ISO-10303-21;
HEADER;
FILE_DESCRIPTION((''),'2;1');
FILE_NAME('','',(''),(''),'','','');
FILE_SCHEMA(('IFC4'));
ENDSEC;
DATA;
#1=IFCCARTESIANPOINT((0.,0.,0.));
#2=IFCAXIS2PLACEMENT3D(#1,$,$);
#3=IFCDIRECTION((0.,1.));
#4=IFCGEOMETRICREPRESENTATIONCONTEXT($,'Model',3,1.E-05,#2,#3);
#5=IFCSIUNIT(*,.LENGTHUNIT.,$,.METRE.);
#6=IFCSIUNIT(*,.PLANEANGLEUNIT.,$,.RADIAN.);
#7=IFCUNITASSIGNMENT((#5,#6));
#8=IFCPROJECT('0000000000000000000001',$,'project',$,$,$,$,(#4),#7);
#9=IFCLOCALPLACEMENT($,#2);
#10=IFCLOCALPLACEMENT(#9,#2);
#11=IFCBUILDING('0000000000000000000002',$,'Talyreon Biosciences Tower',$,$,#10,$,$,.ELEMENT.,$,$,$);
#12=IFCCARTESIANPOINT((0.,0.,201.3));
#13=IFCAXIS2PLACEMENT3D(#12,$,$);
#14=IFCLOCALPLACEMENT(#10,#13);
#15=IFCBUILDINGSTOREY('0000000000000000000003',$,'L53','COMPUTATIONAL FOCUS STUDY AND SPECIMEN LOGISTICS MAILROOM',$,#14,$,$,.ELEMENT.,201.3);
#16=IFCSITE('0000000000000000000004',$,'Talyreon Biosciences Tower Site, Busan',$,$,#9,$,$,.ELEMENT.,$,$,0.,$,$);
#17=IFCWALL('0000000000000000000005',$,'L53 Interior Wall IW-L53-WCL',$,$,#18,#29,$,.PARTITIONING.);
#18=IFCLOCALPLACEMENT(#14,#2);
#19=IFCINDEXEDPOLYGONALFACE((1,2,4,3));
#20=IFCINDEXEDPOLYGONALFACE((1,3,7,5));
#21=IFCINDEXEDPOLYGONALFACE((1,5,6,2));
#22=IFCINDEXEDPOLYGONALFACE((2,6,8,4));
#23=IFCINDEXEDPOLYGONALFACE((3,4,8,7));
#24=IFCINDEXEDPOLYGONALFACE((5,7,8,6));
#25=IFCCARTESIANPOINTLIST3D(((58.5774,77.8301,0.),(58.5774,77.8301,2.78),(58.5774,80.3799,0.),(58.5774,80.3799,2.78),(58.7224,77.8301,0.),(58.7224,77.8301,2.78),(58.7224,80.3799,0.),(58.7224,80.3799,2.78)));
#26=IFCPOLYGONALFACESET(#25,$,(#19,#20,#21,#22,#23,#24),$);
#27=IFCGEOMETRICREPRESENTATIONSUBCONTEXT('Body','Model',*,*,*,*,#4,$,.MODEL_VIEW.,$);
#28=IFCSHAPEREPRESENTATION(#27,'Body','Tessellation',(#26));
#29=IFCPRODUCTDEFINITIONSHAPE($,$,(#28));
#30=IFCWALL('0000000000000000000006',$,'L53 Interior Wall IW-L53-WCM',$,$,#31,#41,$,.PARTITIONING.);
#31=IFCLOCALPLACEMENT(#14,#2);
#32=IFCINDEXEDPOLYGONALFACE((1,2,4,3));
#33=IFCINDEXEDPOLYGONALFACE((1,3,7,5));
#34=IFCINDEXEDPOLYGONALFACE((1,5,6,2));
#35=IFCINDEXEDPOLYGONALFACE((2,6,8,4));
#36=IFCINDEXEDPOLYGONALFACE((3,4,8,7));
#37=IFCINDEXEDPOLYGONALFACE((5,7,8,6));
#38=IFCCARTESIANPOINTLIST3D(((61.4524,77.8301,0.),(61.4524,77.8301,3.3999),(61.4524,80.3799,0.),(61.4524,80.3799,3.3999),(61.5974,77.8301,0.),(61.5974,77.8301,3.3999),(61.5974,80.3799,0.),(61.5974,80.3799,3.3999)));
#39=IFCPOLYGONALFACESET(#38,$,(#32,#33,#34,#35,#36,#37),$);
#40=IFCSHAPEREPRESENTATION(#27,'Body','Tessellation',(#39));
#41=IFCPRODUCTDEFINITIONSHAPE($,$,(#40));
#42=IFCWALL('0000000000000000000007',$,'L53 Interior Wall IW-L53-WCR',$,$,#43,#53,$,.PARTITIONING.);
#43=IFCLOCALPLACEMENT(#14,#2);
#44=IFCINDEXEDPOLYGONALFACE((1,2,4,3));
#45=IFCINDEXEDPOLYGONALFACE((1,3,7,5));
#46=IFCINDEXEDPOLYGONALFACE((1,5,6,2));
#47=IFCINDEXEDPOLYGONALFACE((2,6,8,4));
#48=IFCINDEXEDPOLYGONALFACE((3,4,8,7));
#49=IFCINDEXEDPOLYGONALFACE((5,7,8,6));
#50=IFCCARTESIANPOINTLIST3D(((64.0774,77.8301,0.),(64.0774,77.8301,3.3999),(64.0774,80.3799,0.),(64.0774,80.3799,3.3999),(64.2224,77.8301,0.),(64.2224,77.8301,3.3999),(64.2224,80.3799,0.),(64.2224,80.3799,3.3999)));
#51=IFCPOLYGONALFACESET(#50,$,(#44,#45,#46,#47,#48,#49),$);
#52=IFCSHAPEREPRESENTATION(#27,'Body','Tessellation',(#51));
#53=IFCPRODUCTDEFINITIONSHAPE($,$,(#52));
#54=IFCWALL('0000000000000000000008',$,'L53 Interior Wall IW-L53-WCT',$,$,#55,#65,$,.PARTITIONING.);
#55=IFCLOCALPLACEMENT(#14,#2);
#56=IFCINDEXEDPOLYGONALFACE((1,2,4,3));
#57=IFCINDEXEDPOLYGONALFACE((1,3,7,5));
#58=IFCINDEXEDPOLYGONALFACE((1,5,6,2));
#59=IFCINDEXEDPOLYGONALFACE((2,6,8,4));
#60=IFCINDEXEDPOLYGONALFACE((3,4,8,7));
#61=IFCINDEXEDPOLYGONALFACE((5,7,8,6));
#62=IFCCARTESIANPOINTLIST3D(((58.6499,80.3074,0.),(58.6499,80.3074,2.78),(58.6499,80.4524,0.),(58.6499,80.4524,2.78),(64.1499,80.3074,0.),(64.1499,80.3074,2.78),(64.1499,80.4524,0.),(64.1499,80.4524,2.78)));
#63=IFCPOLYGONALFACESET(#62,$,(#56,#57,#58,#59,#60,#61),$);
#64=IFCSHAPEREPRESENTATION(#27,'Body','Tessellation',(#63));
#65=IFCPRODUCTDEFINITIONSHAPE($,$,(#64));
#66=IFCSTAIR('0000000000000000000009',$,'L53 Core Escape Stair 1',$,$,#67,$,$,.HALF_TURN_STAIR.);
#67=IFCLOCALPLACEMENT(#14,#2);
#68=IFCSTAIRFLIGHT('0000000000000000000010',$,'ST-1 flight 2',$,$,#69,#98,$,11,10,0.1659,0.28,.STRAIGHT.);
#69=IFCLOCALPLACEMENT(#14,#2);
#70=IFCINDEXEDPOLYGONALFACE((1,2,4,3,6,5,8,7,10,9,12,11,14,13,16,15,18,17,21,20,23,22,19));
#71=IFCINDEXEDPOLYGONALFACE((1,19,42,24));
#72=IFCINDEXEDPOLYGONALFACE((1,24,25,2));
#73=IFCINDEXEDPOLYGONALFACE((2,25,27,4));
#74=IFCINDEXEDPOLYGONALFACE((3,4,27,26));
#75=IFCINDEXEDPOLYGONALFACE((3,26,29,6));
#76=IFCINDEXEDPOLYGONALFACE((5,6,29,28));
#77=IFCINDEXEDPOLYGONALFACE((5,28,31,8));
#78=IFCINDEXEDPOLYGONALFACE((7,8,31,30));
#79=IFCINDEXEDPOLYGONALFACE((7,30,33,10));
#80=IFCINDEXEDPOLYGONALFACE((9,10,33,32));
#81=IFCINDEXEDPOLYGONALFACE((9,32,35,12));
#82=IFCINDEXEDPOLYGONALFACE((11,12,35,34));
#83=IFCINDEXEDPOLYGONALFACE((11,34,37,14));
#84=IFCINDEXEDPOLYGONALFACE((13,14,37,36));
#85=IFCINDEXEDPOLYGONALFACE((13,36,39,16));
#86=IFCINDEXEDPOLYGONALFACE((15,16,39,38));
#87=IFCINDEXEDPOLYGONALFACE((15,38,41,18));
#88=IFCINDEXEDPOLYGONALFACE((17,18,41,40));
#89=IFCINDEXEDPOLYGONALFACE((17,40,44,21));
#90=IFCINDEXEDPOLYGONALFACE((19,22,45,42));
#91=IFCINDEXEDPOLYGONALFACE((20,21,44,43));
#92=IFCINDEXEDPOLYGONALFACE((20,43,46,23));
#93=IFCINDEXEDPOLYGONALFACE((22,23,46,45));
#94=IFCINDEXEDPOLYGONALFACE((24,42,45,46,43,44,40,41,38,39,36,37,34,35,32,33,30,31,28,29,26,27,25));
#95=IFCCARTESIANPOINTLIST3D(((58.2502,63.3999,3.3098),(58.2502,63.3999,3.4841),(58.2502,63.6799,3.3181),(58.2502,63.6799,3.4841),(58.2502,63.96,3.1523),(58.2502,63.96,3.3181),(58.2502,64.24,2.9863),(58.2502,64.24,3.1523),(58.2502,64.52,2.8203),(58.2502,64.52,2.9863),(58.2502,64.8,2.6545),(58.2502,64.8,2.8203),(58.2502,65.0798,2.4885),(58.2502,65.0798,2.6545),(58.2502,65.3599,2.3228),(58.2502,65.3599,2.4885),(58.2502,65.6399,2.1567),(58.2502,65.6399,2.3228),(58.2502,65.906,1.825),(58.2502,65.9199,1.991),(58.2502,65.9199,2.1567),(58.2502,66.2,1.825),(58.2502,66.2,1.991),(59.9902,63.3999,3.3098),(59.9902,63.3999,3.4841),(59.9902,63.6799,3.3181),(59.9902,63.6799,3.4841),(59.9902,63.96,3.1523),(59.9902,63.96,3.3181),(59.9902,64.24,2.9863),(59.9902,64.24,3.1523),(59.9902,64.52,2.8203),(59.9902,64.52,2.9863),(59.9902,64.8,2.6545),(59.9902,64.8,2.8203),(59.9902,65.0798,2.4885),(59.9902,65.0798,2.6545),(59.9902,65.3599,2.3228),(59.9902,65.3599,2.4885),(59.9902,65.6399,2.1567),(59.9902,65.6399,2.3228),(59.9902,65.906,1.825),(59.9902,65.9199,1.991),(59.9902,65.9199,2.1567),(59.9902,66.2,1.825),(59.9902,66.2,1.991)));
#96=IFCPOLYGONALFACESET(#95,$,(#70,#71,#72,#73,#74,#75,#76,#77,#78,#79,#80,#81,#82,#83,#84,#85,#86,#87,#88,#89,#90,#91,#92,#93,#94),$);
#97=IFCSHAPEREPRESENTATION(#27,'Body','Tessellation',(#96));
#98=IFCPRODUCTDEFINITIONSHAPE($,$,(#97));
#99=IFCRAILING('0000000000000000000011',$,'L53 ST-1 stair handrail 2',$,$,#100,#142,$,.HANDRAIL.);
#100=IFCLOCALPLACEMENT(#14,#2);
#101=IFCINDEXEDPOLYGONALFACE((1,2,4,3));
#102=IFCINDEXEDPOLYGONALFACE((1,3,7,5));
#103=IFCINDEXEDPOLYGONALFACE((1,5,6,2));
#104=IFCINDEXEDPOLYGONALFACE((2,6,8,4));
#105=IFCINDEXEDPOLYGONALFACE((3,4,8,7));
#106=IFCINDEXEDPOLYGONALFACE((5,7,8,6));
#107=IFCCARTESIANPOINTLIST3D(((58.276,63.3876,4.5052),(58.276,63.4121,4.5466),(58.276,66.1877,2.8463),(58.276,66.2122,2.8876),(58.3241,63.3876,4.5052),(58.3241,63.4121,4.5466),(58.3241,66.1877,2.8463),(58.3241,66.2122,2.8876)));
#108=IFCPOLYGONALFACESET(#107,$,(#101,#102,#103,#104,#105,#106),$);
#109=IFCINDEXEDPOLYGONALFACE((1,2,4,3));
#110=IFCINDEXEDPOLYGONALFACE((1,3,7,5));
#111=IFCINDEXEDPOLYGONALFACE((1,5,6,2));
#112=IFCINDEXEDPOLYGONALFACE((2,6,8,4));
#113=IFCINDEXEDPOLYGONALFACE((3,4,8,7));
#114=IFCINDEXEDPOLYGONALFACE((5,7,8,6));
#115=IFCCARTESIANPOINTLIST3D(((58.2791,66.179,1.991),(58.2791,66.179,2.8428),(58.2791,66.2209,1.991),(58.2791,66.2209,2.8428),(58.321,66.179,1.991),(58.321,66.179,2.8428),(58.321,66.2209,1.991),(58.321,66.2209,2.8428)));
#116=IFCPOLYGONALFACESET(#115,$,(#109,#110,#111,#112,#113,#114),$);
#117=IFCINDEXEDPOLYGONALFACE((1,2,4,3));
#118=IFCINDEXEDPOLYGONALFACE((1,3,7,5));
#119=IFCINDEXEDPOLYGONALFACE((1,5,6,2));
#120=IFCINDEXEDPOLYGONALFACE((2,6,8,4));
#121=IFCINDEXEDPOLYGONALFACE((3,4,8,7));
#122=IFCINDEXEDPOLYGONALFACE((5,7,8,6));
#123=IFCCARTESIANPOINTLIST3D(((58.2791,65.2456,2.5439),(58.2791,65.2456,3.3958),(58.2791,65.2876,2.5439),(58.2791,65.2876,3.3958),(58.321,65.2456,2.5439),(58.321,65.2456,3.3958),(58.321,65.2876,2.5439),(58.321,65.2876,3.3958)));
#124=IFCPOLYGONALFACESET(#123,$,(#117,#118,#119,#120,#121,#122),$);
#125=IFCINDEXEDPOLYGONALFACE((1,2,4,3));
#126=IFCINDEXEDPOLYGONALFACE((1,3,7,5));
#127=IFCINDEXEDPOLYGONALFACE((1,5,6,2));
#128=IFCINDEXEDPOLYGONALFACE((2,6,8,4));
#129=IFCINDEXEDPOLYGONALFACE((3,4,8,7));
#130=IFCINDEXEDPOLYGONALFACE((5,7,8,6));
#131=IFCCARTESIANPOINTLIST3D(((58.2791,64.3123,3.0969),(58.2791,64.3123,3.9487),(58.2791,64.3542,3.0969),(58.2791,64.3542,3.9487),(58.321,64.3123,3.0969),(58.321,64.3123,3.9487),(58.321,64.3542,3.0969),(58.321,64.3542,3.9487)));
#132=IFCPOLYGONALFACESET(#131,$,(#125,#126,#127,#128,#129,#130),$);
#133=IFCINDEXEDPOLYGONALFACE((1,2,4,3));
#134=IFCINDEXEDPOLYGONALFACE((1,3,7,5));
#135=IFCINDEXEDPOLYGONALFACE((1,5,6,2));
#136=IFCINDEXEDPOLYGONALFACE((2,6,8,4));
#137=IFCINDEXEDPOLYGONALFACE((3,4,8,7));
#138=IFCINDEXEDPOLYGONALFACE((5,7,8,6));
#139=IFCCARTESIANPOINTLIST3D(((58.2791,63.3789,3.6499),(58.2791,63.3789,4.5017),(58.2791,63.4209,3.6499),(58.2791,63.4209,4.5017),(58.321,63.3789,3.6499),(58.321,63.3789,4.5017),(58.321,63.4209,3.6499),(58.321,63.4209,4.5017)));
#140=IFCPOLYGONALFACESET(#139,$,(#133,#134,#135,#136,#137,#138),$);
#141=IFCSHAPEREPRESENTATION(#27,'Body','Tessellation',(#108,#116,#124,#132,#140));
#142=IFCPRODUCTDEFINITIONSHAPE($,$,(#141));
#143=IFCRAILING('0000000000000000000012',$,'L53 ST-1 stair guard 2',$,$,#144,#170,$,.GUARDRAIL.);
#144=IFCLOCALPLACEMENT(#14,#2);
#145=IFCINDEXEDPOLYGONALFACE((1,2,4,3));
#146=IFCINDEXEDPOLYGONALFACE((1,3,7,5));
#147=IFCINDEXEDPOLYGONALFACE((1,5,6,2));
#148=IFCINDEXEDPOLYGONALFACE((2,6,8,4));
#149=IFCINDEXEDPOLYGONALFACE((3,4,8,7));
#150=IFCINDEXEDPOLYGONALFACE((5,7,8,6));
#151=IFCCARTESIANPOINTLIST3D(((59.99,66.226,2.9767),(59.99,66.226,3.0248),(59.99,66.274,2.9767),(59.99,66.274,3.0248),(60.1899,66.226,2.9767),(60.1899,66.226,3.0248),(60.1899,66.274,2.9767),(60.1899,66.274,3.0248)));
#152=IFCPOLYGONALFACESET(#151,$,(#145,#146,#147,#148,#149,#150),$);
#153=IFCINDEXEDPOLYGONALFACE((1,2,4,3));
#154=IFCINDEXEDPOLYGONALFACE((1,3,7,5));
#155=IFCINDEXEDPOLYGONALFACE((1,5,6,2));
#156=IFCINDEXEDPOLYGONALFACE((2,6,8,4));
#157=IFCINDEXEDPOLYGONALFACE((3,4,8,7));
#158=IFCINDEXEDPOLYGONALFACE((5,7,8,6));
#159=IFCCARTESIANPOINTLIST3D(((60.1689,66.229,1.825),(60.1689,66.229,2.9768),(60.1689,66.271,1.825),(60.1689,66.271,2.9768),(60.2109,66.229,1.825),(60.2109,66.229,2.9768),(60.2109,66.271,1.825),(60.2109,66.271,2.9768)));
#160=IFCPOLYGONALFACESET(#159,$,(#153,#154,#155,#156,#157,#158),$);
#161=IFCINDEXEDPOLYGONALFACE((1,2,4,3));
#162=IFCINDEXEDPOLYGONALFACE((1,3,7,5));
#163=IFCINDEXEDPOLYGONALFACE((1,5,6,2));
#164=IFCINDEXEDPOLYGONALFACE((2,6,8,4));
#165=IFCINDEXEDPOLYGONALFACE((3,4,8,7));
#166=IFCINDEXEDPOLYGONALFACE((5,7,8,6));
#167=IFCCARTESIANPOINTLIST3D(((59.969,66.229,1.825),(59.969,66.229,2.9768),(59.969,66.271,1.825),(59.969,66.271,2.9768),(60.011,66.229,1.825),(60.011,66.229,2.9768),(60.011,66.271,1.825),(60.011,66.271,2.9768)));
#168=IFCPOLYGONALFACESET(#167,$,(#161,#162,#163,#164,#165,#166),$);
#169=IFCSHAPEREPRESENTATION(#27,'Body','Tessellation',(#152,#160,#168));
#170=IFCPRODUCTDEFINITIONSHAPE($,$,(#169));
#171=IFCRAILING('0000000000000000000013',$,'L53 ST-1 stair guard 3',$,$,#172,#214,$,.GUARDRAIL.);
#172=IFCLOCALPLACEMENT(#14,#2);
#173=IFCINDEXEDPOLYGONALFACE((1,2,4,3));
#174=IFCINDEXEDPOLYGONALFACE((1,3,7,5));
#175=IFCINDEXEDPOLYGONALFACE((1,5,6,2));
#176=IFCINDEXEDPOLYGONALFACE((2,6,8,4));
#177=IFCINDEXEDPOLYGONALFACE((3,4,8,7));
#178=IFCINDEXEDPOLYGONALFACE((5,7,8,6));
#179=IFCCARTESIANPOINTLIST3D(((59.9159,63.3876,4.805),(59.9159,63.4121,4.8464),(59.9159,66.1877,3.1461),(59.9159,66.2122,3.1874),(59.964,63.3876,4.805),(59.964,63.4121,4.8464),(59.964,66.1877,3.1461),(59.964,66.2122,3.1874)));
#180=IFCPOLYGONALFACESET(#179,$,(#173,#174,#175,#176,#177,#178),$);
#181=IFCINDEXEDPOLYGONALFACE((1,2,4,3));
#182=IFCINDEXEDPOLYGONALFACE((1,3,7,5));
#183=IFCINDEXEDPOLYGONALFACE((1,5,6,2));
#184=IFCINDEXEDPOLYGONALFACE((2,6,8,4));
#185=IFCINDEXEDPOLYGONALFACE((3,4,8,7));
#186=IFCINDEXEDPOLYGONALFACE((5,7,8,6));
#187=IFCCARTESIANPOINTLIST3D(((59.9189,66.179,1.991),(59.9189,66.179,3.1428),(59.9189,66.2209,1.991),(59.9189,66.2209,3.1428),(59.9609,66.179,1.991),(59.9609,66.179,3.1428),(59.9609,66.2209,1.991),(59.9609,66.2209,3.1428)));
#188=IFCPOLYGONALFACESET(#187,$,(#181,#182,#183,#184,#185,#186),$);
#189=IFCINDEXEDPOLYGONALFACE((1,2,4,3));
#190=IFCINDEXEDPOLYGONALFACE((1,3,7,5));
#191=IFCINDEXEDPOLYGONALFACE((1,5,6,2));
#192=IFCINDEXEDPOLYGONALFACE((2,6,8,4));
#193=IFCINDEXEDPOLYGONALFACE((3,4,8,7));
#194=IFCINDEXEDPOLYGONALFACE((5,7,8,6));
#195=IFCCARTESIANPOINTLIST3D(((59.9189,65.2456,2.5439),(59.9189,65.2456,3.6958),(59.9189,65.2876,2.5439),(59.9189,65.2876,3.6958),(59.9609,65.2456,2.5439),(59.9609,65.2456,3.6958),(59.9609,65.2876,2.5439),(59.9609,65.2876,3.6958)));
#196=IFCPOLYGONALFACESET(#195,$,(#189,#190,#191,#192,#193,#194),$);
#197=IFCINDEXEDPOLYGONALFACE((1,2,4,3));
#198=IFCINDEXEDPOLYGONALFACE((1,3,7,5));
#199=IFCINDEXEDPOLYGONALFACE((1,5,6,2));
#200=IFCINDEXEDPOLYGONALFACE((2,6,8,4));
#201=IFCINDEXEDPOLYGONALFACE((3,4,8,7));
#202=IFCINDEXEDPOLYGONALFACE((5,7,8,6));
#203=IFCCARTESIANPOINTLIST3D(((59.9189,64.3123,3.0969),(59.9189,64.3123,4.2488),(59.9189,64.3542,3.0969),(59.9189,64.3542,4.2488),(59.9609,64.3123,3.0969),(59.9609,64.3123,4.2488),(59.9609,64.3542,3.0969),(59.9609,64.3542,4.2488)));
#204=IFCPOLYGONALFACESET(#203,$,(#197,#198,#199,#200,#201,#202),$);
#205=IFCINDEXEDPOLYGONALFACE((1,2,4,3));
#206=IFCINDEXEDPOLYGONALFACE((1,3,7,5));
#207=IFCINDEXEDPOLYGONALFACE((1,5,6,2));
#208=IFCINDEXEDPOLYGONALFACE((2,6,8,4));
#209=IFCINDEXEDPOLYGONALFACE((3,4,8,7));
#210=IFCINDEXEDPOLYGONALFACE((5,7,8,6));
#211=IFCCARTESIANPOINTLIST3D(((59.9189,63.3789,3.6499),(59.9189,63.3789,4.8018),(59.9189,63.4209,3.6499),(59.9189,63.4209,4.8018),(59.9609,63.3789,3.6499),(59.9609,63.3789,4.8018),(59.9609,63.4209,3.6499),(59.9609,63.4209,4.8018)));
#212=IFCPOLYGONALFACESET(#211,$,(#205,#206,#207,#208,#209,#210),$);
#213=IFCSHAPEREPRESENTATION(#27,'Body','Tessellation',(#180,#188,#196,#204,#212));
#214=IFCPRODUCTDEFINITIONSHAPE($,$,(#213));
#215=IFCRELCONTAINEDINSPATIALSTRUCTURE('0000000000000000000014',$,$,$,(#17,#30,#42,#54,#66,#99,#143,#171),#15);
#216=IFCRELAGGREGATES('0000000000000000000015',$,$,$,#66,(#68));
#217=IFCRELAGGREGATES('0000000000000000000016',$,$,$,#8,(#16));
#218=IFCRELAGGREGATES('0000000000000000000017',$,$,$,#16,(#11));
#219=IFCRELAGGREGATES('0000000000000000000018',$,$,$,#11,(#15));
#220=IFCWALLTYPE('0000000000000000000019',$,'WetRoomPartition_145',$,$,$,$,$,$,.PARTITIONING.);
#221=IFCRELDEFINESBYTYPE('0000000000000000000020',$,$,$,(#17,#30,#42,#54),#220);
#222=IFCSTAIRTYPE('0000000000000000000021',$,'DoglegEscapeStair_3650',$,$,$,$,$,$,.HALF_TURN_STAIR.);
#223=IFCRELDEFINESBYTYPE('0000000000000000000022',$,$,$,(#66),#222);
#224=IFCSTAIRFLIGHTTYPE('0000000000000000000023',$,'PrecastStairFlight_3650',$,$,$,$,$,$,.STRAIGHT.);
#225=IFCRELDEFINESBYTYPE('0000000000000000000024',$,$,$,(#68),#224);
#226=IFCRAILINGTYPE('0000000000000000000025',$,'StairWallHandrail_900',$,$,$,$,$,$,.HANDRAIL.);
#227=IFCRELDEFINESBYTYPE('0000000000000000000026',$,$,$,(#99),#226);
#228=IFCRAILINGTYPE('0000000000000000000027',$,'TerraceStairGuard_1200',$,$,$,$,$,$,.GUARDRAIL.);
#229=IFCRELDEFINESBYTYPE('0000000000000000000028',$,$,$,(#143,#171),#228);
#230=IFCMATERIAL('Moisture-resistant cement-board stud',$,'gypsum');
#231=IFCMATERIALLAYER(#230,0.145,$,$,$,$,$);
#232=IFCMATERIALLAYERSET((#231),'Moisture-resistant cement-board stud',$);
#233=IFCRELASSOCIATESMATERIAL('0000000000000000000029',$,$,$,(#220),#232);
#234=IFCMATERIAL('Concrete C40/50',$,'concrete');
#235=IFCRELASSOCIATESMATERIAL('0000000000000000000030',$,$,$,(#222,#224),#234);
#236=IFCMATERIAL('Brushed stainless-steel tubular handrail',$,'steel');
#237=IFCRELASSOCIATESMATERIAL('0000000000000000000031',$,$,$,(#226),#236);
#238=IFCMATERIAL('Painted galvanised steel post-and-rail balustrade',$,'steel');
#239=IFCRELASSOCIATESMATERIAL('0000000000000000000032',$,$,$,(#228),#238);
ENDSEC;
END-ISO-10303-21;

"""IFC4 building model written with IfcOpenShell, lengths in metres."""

from ifc_helpers import new_model, si_unit, direction, frame, frame_2d, origin, origin_2d, place, context, subcontext, project, spatial, polyline, rectangle, outline, extrude, material, layer, layer_set, type_object, element, aggregate, save


model = new_model("IFC4")

# Units and contexts
model_context = context("Model", 3, precision=1e-05, world=origin(), true_north=direction((0.0, 1.0)))
body_context = subcontext(model_context, "Body", "Model", "MODEL_VIEW")
ifc_project = project(units=[si_unit("LENGTHUNIT", "METRE"), si_unit("PLANEANGLEUNIT", "RADIAN")], contexts=[model_context])

# Site, building, storey
site_placement = place(None, origin())
site = spatial("IfcSite", under=ifc_project, at=site_placement, Name="Talyreon Biosciences Tower Site, Busan", CompositionType="ELEMENT", RefElevation=0.0)
building_placement = place(site_placement, origin())
building = spatial("IfcBuilding", under=site, at=building_placement, Name="Talyreon Biosciences Tower", CompositionType="ELEMENT")
storey_placement = place(building_placement, frame((0.0, 0.0, 201.3)))
storey = spatial("IfcBuildingStorey", under=building, at=storey_placement, Name="L53", Description="COMPUTATIONAL FOCUS STUDY AND SPECIMEN LOGISTICS MAILROOM", CompositionType="ELEMENT", Elevation=201.3)

# Walls
ifc_material_1 = material(Name="Moisture-resistant cement-board stud", Category="gypsum")
ifc_layer_1 = layer(ifc_material_1, 0.145)
ifc_layer_set_1 = layer_set([ifc_layer_1], Name="Moisture-resistant cement-board stud")
wall_type_1 = type_object("IfcWallType", Name="WetRoomPartition_145", PredefinedType="PARTITIONING", material=ifc_layer_set_1)
wall_1_placement = place(storey_placement, frame((58.6499, 77.8301, 0.0), z_axis=(0.0, 0.0, 1.0), x_axis=(0.0, 1.0, 0.0)))
element("IfcWall", 1, at=wall_1_placement, inside=storey, type_object=wall_type_1, Name="L53 Interior Wall IW-L53-WCL", PredefinedType="PARTITIONING", context=body_context, shape_type="SweptSolid", body=[
    extrude(rectangle(XDim=2.5498, YDim=0.145, at=frame_2d((1.2749, 0.0))), origin(), (0.0, 0.0, 1.0), 2.78),
])
for number, where, z_axis, x_axis, name in (
    (2, (61.5249, 77.8301, 0.0), (0.0, 0.0, 1.0), (0.0, 1.0, 0.0), "L53 Interior Wall IW-L53-WCM"),
    (3, (64.1499, 77.8301, 0.0), (0.0, 0.0, 1.0), (0.0, 1.0, 0.0), "L53 Interior Wall IW-L53-WCR"),
):
    element("IfcWall", number, at=place(storey_placement, frame(where, z_axis=z_axis, x_axis=x_axis)), inside=storey, type_object=wall_type_1, Name=name, PredefinedType="PARTITIONING", context=body_context, shape_type="SweptSolid", body=[
        extrude(rectangle(XDim=2.5498, YDim=0.145, at=frame_2d((1.2749, 0.0))), origin(), (0.0, 0.0, 1.0), 3.3999),
    ])
wall_2_placement = place(storey_placement, frame((58.6499, 80.3799, 0.0), z_axis=(0.0, 0.0, 1.0), x_axis=(1.0, 0.0, 0.0)))
element("IfcWall", 4, at=wall_2_placement, inside=storey, type_object=wall_type_1, Name="L53 Interior Wall IW-L53-WCT", PredefinedType="PARTITIONING", context=body_context, shape_type="SweptSolid", body=[
    extrude(rectangle(XDim=5.5, YDim=0.145, at=frame_2d((2.75, 0.0))), origin(), (0.0, 0.0, 1.0), 2.78),
])

# Stair, stair flight
ifc_material_2 = material(Name="Concrete C40/50", Category="concrete")
stair_type = type_object("IfcStairType", Name="DoglegEscapeStair_3650", PredefinedType="HALF_TURN_STAIR", material=ifc_material_2)
stair_placement = place(storey_placement, origin())
stair = element("IfcStair", 5, at=stair_placement, inside=storey, type_object=stair_type, Name="L53 Core Escape Stair 1", PredefinedType="HALF_TURN_STAIR")
stair_flight_type = type_object("IfcStairFlightType", Name="PrecastStairFlight_3650", PredefinedType="STRAIGHT", material=ifc_material_2)
stair_flight_placement = place(storey_placement, frame((59.1201, 66.2, 1.825), z_axis=(0.0, 0.0, 1.0), x_axis=(0.0, -1.0, 0.0)))
stair_flight = element("IfcStairFlight", 6, at=stair_flight_placement, type_object=stair_flight_type, Name="ST-1 flight 2", NumberOfRisers=11, NumberOfTreads=10, PredefinedType="STRAIGHT", RiserHeight=0.1659, TreadLength=0.28, context=body_context, shape_type="SweptSolid", body=[
    extrude(outline(polyline([(0.0, 0.0), (0.0, 0.166), (0.28, 0.166), (0.28, 0.3318), (0.5601, 0.3318), (0.5601, 0.4978), (0.8401, 0.4978), (0.8401, 0.6636), (1.1201, 0.6636), (1.1201, 0.8296), (1.3999, 0.8296), (1.3999, 0.9954), (1.6799, 0.9954), (1.6799, 1.1614), (1.96, 1.1614), (1.96, 1.3274), (2.24, 1.3274), (2.24, 1.4932), (2.52, 1.4932), (2.52, 1.6592), (2.8, 1.6592), (2.8, 1.825), (2.8, 1.4849), (0.2939, 0.0), (0.0, 0.0)])), frame((0.0, 0.8701, 0.0), z_axis=(0.0, -1.0, 0.0), x_axis=(1.0, 0.0, 0.0)), (0.0, 0.0, 1.0), 1.74),
])
aggregate(stair, [stair_flight])

# Railings
ifc_material_3 = material(Name="Brushed stainless-steel tubular handrail", Category="steel")
railing_type_1 = type_object("IfcRailingType", Name="StairWallHandrail_900", PredefinedType="HANDRAIL", material=ifc_material_3)
railing_1_placement = place(storey_placement, frame((58.3, 66.2, 1.991)))
element("IfcRailing", 7, at=railing_1_placement, inside=storey, type_object=railing_type_1, Name="L53 ST-1 stair handrail 2", PredefinedType="HANDRAIL", context=body_context, shape_type="SweptSolid", body=[
    extrude(rectangle(XDim=0.0481, YDim=0.0481, at=origin_2d()), frame((0.0, 0.0, 0.876), z_axis=(0.0, -0.860339, 0.509722), x_axis=(1.0, 0.0, 0.0)), (0.0, 0.0, 1.0), 3.2546),
    extrude(rectangle(XDim=0.042, YDim=0.042, at=origin_2d()), origin(), (0.0, 0.0, 1.0), 0.8518),
    extrude(rectangle(XDim=0.042, YDim=0.042, at=origin_2d()), frame((0.0, -0.9333, 0.553)), (0.0, 0.0, 1.0), 0.8518),
    extrude(rectangle(XDim=0.042, YDim=0.042, at=origin_2d()), frame((0.0, -1.8667, 1.106)), (0.0, 0.0, 1.0), 0.8518),
    extrude(rectangle(XDim=0.042, YDim=0.042, at=origin_2d()), frame((0.0, -2.8, 1.6589)), (0.0, 0.0, 1.0), 0.8518),
])
ifc_material_4 = material(Name="Painted galvanised steel post-and-rail balustrade", Category="steel")
railing_type_2 = type_object("IfcRailingType", Name="TerraceStairGuard_1200", PredefinedType="GUARDRAIL", material=ifc_material_4)
railing_2_placement = place(storey_placement, frame((60.1899, 66.25, 1.825)))
element("IfcRailing", 8, at=railing_2_placement, inside=storey, type_object=railing_type_2, Name="L53 ST-1 stair guard 2", PredefinedType="GUARDRAIL", context=body_context, shape_type="SweptSolid", body=[
    extrude(rectangle(XDim=0.0481, YDim=0.0481, at=origin_2d()), frame((0.0, 0.0, 1.1758), z_axis=(-1.0, 0.0, 0.0), x_axis=(0.0, -1.0, 0.0)), (0.0, 0.0, 1.0), 0.2),
    extrude(rectangle(XDim=0.042, YDim=0.042, at=origin_2d()), origin(), (0.0, 0.0, 1.0), 1.1519),
    extrude(rectangle(XDim=0.042, YDim=0.042, at=origin_2d()), frame((-0.2, 0.0, 0.0)), (0.0, 0.0, 1.0), 1.1519),
])
railing_3_placement = place(storey_placement, frame((59.9399, 66.2, 1.991)))
element("IfcRailing", 9, at=railing_3_placement, inside=storey, type_object=railing_type_2, Name="L53 ST-1 stair guard 3", PredefinedType="GUARDRAIL", context=body_context, shape_type="SweptSolid", body=[
    extrude(rectangle(XDim=0.0481, YDim=0.0481, at=origin_2d()), frame((0.0, 0.0, 1.1758), z_axis=(0.0, -0.860339, 0.509722), x_axis=(1.0, 0.0, 0.0)), (0.0, 0.0, 1.0), 3.2546),
    extrude(rectangle(XDim=0.042, YDim=0.042, at=origin_2d()), origin(), (0.0, 0.0, 1.0), 1.1519),
    extrude(rectangle(XDim=0.042, YDim=0.042, at=origin_2d()), frame((0.0, -0.9333, 0.553)), (0.0, 0.0, 1.0), 1.1519),
    extrude(rectangle(XDim=0.042, YDim=0.042, at=origin_2d()), frame((0.0, -1.8667, 1.106)), (0.0, 0.0, 1.0), 1.1519),
    extrude(rectangle(XDim=0.042, YDim=0.042, at=origin_2d()), frame((0.0, -2.8, 1.6589)), (0.0, 0.0, 1.0), 1.1519),
])

save(model, "model.ifc")
